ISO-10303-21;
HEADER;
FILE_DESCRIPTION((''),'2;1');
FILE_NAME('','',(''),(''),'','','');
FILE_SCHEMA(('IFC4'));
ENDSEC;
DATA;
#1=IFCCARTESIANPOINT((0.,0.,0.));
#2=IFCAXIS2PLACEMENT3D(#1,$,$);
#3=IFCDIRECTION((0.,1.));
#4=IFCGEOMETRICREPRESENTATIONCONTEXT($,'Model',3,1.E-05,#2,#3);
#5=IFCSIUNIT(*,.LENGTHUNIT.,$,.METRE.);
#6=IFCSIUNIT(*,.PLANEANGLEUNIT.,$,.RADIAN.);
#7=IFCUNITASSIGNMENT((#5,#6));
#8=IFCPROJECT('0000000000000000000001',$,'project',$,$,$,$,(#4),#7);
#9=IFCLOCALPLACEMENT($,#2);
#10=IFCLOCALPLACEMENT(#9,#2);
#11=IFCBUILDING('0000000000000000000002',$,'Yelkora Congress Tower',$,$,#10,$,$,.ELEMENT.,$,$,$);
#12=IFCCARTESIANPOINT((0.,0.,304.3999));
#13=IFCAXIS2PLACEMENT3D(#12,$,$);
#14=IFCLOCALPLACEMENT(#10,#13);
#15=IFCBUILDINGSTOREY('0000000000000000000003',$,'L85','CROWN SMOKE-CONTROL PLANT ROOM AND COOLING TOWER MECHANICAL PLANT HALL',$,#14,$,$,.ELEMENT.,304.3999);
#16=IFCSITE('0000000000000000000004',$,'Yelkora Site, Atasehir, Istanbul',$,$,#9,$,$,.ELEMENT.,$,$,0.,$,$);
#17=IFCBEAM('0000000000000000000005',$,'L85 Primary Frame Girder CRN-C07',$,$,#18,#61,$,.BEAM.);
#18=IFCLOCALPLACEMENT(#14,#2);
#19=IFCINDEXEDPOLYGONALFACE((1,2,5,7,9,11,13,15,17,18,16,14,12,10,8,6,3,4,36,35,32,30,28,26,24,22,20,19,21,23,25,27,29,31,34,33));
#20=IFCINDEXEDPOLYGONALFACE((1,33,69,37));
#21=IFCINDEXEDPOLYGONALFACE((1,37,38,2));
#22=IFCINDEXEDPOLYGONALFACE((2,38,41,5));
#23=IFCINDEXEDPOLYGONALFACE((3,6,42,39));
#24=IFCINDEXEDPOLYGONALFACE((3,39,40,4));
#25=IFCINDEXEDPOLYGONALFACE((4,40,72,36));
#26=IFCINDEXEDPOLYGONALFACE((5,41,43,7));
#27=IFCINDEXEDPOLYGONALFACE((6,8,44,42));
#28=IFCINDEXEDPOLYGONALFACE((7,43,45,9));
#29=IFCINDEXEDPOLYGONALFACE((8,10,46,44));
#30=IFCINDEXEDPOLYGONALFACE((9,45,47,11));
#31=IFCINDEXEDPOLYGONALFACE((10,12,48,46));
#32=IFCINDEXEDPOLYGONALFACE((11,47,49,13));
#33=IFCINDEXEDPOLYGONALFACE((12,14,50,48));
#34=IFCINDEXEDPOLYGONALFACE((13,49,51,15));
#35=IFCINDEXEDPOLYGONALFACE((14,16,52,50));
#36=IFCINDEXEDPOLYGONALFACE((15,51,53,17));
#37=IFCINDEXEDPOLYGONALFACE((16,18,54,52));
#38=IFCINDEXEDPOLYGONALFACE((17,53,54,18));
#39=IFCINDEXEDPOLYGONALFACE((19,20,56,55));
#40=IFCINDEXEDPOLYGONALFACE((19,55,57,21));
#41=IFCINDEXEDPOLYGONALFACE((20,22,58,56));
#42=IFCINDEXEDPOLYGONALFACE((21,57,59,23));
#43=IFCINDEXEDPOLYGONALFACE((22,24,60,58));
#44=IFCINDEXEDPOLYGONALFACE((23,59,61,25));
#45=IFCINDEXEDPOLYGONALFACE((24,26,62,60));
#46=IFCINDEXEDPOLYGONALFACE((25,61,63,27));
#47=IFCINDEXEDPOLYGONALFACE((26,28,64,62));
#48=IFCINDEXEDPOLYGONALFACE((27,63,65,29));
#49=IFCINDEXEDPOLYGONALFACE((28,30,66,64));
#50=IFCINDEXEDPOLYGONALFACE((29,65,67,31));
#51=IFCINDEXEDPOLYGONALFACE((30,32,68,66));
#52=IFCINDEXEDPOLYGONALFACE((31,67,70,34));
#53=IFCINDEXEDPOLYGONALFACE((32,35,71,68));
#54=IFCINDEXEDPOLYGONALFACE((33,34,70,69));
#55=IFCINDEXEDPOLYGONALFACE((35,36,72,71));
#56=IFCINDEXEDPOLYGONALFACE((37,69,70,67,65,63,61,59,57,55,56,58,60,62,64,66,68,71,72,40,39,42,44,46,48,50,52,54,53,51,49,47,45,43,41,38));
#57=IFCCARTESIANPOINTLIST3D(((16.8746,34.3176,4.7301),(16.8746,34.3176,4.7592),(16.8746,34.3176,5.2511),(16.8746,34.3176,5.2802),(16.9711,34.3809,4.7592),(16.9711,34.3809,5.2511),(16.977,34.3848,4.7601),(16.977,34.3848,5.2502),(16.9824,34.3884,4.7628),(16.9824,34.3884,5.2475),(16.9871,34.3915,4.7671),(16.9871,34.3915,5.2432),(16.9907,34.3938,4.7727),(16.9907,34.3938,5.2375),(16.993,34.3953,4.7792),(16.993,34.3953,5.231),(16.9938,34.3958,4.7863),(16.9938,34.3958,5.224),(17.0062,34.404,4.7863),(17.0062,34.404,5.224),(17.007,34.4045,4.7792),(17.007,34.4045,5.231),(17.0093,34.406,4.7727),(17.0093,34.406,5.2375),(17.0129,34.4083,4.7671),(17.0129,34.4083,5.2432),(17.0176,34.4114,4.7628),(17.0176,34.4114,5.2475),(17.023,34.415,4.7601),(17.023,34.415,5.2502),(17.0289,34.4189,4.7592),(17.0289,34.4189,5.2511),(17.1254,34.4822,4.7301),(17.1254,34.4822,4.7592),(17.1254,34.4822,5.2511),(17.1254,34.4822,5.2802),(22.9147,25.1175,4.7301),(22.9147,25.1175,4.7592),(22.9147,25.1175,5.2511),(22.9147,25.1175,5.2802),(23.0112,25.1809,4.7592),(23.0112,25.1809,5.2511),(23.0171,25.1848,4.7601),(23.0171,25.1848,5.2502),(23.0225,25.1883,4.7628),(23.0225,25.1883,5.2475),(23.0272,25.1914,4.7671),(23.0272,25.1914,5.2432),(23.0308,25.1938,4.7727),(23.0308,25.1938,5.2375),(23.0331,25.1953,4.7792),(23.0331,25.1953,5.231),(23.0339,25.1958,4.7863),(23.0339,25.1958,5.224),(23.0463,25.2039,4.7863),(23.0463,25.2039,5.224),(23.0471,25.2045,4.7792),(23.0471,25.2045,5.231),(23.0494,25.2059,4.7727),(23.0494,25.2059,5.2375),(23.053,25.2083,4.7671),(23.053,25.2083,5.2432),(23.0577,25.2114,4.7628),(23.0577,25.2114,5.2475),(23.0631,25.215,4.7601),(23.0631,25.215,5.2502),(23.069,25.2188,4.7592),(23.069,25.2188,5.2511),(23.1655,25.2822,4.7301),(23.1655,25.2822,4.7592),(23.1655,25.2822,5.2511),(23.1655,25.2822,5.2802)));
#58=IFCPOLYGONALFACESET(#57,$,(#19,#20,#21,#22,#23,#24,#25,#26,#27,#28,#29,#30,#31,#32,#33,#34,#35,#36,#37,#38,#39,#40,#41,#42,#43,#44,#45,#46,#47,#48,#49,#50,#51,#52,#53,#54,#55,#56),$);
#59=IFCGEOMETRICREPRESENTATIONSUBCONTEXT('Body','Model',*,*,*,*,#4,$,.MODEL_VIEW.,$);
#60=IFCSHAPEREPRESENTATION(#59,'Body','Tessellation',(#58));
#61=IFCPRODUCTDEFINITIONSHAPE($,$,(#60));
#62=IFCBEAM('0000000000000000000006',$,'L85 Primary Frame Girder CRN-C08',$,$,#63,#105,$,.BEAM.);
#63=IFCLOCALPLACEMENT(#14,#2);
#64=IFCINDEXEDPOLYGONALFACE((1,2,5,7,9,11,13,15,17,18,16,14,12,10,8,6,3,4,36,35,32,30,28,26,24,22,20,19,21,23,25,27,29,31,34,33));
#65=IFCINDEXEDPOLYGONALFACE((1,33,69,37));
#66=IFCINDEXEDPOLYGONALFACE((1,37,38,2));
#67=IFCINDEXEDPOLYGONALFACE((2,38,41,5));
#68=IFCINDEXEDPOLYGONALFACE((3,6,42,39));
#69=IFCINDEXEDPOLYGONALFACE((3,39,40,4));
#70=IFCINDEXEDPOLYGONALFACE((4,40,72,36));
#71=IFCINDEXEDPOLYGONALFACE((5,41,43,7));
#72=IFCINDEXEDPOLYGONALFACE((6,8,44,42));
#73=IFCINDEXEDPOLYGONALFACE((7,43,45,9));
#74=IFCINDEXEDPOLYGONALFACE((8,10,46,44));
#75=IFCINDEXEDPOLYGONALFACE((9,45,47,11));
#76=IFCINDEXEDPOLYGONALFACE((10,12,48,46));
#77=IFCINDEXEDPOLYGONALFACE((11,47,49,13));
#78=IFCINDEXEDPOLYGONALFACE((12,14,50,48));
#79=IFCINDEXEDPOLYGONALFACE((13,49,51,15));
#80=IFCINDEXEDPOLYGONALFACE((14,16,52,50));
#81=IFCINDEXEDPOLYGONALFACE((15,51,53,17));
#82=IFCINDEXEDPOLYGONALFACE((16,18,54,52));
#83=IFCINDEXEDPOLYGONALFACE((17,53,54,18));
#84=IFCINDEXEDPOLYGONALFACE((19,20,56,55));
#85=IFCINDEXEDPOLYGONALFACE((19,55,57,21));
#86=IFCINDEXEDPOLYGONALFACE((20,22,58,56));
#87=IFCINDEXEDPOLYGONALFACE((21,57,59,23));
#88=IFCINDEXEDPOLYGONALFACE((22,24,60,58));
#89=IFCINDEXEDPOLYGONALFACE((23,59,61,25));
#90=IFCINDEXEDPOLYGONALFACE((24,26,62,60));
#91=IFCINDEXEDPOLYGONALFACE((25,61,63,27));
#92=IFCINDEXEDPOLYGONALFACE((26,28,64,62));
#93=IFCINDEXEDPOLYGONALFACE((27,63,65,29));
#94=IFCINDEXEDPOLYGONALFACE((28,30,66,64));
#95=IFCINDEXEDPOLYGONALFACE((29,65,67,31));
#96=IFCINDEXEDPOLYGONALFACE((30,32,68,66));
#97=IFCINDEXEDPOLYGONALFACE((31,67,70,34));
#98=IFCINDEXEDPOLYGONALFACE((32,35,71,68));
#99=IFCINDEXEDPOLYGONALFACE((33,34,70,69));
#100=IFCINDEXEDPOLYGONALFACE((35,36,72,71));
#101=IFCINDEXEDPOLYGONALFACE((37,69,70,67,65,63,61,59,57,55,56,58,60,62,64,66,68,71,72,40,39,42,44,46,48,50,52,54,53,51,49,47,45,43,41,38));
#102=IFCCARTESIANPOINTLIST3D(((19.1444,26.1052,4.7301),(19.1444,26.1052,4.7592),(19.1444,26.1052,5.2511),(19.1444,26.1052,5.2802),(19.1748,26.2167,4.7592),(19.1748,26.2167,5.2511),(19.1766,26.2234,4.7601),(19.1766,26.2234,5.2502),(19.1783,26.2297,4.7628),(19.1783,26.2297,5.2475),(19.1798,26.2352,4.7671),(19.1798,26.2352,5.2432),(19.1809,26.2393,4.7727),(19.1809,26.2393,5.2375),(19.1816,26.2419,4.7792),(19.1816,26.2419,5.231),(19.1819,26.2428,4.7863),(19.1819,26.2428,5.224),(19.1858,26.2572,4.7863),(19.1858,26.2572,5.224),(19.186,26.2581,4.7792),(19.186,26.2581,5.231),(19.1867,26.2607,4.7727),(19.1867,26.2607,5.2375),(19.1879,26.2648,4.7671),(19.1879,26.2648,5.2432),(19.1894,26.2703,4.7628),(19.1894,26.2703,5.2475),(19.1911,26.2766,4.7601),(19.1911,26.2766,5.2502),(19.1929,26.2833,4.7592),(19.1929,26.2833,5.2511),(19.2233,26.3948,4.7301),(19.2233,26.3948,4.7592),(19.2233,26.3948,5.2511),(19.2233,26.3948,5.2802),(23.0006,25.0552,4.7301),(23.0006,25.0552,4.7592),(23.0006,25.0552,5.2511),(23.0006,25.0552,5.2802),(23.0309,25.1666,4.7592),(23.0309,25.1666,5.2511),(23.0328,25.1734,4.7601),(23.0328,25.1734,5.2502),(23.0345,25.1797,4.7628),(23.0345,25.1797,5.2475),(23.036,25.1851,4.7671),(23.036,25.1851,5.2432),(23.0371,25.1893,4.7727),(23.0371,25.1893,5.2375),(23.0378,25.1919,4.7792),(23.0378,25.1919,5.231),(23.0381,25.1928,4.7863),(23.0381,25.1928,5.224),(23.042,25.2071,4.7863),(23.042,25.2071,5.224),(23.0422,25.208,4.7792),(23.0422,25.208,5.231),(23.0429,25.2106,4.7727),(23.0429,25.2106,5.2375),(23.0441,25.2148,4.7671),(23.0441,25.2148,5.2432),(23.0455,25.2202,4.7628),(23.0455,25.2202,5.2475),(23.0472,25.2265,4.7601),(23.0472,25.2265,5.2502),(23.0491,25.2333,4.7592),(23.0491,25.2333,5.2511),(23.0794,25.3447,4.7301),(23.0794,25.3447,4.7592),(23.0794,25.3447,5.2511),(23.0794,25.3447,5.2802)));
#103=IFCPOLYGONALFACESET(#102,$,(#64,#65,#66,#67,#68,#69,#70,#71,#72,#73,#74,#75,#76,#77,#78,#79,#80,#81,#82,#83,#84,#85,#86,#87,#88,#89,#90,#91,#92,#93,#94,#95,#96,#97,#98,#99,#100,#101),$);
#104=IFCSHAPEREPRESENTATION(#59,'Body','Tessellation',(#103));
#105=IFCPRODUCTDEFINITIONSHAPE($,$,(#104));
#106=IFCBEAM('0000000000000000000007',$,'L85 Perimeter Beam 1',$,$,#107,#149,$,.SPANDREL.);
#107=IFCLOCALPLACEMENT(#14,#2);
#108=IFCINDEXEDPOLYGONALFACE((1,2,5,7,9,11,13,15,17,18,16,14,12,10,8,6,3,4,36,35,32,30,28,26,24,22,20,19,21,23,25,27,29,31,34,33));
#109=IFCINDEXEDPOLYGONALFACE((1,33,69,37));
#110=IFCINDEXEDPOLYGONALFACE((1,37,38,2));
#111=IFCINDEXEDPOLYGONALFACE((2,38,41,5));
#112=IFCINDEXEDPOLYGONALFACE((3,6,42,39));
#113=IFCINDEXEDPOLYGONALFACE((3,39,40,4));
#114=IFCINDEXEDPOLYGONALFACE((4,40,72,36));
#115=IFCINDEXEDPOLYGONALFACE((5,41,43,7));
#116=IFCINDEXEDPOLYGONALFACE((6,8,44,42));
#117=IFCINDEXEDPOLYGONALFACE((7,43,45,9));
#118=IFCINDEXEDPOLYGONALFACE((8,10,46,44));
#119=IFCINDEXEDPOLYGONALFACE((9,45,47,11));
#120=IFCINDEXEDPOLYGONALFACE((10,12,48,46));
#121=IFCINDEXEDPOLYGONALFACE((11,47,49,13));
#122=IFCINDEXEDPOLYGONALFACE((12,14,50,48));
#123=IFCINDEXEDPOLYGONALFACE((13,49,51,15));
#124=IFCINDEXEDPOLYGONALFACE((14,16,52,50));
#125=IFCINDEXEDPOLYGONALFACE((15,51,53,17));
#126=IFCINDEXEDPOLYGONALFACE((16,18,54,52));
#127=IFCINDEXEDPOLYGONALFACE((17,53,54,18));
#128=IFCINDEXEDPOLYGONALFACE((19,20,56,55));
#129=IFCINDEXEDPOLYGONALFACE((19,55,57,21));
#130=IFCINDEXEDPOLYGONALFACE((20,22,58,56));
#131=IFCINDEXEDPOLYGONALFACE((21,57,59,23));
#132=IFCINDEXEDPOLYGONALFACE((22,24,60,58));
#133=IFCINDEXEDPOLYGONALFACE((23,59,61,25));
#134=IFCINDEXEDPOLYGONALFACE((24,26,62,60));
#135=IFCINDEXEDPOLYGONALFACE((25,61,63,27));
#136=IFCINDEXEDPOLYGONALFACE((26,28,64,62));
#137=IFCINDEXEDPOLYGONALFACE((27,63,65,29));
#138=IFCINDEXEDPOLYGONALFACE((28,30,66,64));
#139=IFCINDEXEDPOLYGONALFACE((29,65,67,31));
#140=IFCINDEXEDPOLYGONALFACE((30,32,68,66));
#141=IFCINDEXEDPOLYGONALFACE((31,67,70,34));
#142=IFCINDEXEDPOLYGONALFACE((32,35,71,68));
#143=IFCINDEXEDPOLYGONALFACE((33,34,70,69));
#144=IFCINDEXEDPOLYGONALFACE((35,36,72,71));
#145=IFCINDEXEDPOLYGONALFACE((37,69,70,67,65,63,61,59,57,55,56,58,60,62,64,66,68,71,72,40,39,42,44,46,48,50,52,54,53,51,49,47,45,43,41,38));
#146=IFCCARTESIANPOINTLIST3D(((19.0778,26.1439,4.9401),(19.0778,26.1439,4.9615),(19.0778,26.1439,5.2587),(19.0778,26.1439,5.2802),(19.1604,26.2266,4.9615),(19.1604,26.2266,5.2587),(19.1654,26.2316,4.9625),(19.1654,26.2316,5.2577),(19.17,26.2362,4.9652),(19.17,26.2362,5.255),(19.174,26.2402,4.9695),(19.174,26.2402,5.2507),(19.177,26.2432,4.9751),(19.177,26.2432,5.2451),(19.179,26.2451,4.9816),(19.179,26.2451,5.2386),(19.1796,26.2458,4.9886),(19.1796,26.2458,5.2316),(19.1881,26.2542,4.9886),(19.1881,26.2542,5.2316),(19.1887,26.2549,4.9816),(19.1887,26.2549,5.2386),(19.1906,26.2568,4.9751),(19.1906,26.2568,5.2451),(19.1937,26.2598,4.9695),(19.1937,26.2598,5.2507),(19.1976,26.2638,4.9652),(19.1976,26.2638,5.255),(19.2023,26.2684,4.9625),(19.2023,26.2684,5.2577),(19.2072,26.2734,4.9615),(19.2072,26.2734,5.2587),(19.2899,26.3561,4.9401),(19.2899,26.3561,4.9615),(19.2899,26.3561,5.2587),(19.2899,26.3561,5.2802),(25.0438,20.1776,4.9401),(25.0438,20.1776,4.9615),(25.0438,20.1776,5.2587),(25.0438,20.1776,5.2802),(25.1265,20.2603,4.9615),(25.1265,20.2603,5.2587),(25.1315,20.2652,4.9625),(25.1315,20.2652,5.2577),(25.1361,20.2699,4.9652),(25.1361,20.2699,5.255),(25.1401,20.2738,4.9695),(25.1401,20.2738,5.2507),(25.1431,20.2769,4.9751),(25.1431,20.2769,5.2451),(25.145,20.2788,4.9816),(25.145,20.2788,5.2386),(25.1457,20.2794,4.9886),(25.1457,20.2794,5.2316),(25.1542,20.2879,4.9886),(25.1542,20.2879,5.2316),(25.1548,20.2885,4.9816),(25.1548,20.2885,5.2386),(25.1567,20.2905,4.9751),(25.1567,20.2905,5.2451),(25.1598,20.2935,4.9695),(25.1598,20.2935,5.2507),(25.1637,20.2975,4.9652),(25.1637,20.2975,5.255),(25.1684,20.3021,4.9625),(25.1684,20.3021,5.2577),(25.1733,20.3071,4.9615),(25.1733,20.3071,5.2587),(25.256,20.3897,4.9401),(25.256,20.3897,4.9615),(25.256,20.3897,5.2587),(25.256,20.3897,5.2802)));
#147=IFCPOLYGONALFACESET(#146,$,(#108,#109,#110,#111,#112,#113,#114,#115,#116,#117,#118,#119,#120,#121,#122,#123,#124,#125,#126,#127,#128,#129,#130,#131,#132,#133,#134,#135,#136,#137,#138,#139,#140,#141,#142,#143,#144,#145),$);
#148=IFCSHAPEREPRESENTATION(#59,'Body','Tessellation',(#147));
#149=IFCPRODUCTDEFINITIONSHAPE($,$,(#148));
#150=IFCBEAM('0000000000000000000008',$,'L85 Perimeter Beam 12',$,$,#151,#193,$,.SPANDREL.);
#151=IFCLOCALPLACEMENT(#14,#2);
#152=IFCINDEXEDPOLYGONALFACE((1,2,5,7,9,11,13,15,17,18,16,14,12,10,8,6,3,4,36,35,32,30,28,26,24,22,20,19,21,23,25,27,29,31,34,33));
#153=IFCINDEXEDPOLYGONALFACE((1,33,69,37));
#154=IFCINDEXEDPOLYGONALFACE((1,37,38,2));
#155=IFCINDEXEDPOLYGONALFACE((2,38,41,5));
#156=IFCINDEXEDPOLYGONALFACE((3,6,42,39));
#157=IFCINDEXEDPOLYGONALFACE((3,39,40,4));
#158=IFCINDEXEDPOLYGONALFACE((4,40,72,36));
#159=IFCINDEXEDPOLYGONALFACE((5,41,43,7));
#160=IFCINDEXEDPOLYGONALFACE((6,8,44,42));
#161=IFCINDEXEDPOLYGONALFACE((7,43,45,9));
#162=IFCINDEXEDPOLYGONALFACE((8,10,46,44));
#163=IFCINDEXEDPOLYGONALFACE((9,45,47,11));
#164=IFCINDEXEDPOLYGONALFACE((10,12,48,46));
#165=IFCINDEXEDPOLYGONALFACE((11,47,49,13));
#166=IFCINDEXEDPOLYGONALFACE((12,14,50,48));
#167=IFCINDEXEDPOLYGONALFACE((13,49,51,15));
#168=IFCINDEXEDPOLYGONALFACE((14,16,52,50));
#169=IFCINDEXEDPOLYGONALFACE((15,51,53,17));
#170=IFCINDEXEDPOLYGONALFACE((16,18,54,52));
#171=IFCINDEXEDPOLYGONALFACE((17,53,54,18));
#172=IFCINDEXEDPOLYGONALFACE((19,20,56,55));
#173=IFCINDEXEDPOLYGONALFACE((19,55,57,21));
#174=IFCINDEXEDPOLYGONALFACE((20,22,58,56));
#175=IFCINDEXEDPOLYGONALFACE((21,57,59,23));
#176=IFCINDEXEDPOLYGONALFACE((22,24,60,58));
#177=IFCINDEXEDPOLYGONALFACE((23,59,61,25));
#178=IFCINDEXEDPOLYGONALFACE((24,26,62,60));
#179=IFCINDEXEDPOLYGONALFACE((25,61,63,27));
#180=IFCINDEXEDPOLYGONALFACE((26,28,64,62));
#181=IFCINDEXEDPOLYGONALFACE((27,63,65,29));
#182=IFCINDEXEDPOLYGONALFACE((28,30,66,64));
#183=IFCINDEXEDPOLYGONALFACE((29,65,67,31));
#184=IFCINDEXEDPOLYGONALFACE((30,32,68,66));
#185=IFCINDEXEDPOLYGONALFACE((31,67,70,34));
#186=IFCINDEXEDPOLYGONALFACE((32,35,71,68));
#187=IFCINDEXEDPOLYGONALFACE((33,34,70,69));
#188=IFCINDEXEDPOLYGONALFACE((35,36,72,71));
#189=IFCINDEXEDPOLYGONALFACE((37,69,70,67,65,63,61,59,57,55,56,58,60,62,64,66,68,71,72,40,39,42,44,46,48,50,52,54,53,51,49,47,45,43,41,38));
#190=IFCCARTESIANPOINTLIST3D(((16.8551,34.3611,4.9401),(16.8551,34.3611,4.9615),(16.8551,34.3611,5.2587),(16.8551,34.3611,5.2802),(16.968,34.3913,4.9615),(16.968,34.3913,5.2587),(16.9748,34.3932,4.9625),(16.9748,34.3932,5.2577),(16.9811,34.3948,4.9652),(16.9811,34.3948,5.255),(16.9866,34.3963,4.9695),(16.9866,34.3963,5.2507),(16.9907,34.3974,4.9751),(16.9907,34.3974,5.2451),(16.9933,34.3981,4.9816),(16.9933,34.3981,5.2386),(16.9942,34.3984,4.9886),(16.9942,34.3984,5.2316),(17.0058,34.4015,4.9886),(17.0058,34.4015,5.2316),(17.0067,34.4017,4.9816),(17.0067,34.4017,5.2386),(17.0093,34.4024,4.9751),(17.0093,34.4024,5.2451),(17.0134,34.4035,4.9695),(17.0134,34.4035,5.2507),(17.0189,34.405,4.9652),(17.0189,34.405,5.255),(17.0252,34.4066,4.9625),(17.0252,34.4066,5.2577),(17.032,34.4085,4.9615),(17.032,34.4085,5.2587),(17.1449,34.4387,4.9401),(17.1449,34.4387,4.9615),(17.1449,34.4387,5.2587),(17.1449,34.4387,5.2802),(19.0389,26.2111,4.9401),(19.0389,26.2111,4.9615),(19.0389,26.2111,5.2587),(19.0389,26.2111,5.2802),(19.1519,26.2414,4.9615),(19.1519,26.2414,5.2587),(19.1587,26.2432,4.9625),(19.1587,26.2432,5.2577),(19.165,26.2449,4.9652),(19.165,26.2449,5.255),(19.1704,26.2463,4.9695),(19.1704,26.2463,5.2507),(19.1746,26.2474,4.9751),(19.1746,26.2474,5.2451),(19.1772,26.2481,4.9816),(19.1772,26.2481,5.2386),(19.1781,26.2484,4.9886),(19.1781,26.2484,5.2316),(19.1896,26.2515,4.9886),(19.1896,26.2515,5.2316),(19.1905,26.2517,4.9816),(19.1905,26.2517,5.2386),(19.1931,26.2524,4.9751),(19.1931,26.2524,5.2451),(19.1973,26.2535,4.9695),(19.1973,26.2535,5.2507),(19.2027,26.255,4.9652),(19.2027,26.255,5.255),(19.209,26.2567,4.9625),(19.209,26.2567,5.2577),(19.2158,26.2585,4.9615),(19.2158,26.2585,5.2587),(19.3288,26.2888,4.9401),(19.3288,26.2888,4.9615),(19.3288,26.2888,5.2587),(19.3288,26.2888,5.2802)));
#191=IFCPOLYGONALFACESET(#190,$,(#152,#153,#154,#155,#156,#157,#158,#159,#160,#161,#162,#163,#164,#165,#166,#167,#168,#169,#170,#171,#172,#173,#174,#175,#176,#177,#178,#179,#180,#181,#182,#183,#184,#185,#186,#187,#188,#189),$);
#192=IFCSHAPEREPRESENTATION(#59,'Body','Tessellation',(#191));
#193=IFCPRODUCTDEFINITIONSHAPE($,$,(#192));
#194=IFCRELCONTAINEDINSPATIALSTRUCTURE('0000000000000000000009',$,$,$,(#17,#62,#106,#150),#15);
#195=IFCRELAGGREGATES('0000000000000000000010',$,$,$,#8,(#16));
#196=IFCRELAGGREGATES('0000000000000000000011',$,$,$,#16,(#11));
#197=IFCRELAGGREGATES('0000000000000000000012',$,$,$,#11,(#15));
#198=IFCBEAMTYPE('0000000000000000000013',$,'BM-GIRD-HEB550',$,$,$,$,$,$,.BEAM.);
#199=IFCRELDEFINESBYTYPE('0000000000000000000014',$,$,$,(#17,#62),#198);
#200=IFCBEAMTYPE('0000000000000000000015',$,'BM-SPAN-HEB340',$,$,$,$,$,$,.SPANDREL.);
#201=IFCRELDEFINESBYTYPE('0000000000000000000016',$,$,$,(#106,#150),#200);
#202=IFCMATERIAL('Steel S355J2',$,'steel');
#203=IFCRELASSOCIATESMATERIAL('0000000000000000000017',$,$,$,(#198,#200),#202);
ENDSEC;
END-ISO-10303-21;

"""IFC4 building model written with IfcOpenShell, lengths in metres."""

from ifc_helpers import new_model, si_unit, direction, frame, origin, origin_2d, place, context, subcontext, project, spatial, i_section, extrude, material, material_profile, profile_set, type_object, element, save


model = new_model("IFC4")

# Units and contexts
model_context = context("Model", 3, precision=1e-05, world=origin(), true_north=direction((0.0, 1.0)))
body_context = subcontext(model_context, "Body", "Model", "MODEL_VIEW")
ifc_project = project(units=[si_unit("LENGTHUNIT", "METRE"), si_unit("PLANEANGLEUNIT", "RADIAN")], contexts=[model_context])

# Site, building, storey
site_placement = place(None, origin())
site = spatial("IfcSite", under=ifc_project, at=site_placement, Name="Yelkora Site, Atasehir, Istanbul", CompositionType="ELEMENT", RefElevation=0.0)
building_placement = place(site_placement, origin())
building = spatial("IfcBuilding", under=site, at=building_placement, Name="Yelkora Congress Tower", CompositionType="ELEMENT")
storey_placement = place(building_placement, frame((0.0, 0.0, 304.3999)))
storey = spatial("IfcBuildingStorey", under=building, at=storey_placement, Name="L85", Description="CROWN SMOKE-CONTROL PLANT ROOM AND COOLING TOWER MECHANICAL PLANT HALL", CompositionType="ELEMENT", Elevation=304.3999)

# Shared definitions
ifc_material_1 = material(Name="Steel S355J2", Category="steel")

# Beams
ifc_material_profile_1 = material_profile(ifc_material_1, i_section(OverallWidth=0.3, OverallDepth=0.55, WebThickness=0.0149, FlangeThickness=0.0291, FilletRadius=0.0271, at=origin_2d()), Name="HEB 550")
ifc_profile_set_1 = profile_set([ifc_material_profile_1], Name="Steel S355J2")
beam_type_1 = type_object("IfcBeamType", Name="BM-GIRD-HEB550", PredefinedType="BEAM", material=ifc_profile_set_1)
beam_1_placement = place(storey_placement, frame((17.0, 34.3999, 5.0051), z_axis=(0.54882, -0.835941, 0.0), x_axis=(0.835941, 0.54882, 0.0)))
element("IfcBeam", 1, at=beam_1_placement, inside=storey, type_object=beam_type_1, Name="L85 Primary Frame Girder CRN-C07", PredefinedType="BEAM", context=body_context, shape_type="SweptSolid", body=[
    extrude(i_section(OverallWidth=0.3, OverallDepth=0.55, WebThickness=0.0149, FlangeThickness=0.0291, FilletRadius=0.0271, at=origin_2d()), origin(), (0.0, 0.0, 1.0), 11.0056),
])
beam_2_placement = place(storey_placement, frame((19.1838, 26.25, 5.0051), z_axis=(0.964868, -0.262735, 0.0), x_axis=(0.262735, 0.964868, 0.0)))
element("IfcBeam", 2, at=beam_2_placement, inside=storey, type_object=beam_type_1, Name="L85 Primary Frame Girder CRN-C08", PredefinedType="BEAM", context=body_context, shape_type="SweptSolid", body=[
    extrude(i_section(OverallWidth=0.3, OverallDepth=0.55, WebThickness=0.0149, FlangeThickness=0.0291, FilletRadius=0.0271, at=origin_2d()), origin(), (0.0, 0.0, 1.0), 3.9966),
])
ifc_material_profile_2 = material_profile(ifc_material_1, i_section(OverallWidth=0.3, OverallDepth=0.3401, WebThickness=0.012, FlangeThickness=0.0215, FilletRadius=0.0271, at=origin_2d()), Name="HEB 340")
ifc_profile_set_2 = profile_set([ifc_material_profile_2], Name="Steel S355J2")
beam_type_2 = type_object("IfcBeamType", Name="BM-SPAN-HEB340", PredefinedType="SPANDREL", material=ifc_profile_set_2)
for number, where, z_axis, x_axis, name in (
    (3, (19.1838, 26.25, 5.1101), (0.707092, -0.707121, 0.0), (0.707121, 0.707092, 0.0), "L85 Perimeter Beam 1"),
    (4, (17.0, 34.3999, 5.1101), (0.258828, -0.965924, 0.0), (0.965924, 0.258828, 0.0), "L85 Perimeter Beam 12"),
):
    element("IfcBeam", number, at=place(storey_placement, frame(where, z_axis=z_axis, x_axis=x_axis)), inside=storey, type_object=beam_type_2, Name=name, PredefinedType="SPANDREL", context=body_context, shape_type="SweptSolid", body=[
        extrude(i_section(OverallWidth=0.3, OverallDepth=0.3401, WebThickness=0.012, FlangeThickness=0.0215, FilletRadius=0.0271, at=origin_2d()), origin(), (0.0, 0.0, 1.0), 8.4375),
    ])

save(model, "model.ifc")
